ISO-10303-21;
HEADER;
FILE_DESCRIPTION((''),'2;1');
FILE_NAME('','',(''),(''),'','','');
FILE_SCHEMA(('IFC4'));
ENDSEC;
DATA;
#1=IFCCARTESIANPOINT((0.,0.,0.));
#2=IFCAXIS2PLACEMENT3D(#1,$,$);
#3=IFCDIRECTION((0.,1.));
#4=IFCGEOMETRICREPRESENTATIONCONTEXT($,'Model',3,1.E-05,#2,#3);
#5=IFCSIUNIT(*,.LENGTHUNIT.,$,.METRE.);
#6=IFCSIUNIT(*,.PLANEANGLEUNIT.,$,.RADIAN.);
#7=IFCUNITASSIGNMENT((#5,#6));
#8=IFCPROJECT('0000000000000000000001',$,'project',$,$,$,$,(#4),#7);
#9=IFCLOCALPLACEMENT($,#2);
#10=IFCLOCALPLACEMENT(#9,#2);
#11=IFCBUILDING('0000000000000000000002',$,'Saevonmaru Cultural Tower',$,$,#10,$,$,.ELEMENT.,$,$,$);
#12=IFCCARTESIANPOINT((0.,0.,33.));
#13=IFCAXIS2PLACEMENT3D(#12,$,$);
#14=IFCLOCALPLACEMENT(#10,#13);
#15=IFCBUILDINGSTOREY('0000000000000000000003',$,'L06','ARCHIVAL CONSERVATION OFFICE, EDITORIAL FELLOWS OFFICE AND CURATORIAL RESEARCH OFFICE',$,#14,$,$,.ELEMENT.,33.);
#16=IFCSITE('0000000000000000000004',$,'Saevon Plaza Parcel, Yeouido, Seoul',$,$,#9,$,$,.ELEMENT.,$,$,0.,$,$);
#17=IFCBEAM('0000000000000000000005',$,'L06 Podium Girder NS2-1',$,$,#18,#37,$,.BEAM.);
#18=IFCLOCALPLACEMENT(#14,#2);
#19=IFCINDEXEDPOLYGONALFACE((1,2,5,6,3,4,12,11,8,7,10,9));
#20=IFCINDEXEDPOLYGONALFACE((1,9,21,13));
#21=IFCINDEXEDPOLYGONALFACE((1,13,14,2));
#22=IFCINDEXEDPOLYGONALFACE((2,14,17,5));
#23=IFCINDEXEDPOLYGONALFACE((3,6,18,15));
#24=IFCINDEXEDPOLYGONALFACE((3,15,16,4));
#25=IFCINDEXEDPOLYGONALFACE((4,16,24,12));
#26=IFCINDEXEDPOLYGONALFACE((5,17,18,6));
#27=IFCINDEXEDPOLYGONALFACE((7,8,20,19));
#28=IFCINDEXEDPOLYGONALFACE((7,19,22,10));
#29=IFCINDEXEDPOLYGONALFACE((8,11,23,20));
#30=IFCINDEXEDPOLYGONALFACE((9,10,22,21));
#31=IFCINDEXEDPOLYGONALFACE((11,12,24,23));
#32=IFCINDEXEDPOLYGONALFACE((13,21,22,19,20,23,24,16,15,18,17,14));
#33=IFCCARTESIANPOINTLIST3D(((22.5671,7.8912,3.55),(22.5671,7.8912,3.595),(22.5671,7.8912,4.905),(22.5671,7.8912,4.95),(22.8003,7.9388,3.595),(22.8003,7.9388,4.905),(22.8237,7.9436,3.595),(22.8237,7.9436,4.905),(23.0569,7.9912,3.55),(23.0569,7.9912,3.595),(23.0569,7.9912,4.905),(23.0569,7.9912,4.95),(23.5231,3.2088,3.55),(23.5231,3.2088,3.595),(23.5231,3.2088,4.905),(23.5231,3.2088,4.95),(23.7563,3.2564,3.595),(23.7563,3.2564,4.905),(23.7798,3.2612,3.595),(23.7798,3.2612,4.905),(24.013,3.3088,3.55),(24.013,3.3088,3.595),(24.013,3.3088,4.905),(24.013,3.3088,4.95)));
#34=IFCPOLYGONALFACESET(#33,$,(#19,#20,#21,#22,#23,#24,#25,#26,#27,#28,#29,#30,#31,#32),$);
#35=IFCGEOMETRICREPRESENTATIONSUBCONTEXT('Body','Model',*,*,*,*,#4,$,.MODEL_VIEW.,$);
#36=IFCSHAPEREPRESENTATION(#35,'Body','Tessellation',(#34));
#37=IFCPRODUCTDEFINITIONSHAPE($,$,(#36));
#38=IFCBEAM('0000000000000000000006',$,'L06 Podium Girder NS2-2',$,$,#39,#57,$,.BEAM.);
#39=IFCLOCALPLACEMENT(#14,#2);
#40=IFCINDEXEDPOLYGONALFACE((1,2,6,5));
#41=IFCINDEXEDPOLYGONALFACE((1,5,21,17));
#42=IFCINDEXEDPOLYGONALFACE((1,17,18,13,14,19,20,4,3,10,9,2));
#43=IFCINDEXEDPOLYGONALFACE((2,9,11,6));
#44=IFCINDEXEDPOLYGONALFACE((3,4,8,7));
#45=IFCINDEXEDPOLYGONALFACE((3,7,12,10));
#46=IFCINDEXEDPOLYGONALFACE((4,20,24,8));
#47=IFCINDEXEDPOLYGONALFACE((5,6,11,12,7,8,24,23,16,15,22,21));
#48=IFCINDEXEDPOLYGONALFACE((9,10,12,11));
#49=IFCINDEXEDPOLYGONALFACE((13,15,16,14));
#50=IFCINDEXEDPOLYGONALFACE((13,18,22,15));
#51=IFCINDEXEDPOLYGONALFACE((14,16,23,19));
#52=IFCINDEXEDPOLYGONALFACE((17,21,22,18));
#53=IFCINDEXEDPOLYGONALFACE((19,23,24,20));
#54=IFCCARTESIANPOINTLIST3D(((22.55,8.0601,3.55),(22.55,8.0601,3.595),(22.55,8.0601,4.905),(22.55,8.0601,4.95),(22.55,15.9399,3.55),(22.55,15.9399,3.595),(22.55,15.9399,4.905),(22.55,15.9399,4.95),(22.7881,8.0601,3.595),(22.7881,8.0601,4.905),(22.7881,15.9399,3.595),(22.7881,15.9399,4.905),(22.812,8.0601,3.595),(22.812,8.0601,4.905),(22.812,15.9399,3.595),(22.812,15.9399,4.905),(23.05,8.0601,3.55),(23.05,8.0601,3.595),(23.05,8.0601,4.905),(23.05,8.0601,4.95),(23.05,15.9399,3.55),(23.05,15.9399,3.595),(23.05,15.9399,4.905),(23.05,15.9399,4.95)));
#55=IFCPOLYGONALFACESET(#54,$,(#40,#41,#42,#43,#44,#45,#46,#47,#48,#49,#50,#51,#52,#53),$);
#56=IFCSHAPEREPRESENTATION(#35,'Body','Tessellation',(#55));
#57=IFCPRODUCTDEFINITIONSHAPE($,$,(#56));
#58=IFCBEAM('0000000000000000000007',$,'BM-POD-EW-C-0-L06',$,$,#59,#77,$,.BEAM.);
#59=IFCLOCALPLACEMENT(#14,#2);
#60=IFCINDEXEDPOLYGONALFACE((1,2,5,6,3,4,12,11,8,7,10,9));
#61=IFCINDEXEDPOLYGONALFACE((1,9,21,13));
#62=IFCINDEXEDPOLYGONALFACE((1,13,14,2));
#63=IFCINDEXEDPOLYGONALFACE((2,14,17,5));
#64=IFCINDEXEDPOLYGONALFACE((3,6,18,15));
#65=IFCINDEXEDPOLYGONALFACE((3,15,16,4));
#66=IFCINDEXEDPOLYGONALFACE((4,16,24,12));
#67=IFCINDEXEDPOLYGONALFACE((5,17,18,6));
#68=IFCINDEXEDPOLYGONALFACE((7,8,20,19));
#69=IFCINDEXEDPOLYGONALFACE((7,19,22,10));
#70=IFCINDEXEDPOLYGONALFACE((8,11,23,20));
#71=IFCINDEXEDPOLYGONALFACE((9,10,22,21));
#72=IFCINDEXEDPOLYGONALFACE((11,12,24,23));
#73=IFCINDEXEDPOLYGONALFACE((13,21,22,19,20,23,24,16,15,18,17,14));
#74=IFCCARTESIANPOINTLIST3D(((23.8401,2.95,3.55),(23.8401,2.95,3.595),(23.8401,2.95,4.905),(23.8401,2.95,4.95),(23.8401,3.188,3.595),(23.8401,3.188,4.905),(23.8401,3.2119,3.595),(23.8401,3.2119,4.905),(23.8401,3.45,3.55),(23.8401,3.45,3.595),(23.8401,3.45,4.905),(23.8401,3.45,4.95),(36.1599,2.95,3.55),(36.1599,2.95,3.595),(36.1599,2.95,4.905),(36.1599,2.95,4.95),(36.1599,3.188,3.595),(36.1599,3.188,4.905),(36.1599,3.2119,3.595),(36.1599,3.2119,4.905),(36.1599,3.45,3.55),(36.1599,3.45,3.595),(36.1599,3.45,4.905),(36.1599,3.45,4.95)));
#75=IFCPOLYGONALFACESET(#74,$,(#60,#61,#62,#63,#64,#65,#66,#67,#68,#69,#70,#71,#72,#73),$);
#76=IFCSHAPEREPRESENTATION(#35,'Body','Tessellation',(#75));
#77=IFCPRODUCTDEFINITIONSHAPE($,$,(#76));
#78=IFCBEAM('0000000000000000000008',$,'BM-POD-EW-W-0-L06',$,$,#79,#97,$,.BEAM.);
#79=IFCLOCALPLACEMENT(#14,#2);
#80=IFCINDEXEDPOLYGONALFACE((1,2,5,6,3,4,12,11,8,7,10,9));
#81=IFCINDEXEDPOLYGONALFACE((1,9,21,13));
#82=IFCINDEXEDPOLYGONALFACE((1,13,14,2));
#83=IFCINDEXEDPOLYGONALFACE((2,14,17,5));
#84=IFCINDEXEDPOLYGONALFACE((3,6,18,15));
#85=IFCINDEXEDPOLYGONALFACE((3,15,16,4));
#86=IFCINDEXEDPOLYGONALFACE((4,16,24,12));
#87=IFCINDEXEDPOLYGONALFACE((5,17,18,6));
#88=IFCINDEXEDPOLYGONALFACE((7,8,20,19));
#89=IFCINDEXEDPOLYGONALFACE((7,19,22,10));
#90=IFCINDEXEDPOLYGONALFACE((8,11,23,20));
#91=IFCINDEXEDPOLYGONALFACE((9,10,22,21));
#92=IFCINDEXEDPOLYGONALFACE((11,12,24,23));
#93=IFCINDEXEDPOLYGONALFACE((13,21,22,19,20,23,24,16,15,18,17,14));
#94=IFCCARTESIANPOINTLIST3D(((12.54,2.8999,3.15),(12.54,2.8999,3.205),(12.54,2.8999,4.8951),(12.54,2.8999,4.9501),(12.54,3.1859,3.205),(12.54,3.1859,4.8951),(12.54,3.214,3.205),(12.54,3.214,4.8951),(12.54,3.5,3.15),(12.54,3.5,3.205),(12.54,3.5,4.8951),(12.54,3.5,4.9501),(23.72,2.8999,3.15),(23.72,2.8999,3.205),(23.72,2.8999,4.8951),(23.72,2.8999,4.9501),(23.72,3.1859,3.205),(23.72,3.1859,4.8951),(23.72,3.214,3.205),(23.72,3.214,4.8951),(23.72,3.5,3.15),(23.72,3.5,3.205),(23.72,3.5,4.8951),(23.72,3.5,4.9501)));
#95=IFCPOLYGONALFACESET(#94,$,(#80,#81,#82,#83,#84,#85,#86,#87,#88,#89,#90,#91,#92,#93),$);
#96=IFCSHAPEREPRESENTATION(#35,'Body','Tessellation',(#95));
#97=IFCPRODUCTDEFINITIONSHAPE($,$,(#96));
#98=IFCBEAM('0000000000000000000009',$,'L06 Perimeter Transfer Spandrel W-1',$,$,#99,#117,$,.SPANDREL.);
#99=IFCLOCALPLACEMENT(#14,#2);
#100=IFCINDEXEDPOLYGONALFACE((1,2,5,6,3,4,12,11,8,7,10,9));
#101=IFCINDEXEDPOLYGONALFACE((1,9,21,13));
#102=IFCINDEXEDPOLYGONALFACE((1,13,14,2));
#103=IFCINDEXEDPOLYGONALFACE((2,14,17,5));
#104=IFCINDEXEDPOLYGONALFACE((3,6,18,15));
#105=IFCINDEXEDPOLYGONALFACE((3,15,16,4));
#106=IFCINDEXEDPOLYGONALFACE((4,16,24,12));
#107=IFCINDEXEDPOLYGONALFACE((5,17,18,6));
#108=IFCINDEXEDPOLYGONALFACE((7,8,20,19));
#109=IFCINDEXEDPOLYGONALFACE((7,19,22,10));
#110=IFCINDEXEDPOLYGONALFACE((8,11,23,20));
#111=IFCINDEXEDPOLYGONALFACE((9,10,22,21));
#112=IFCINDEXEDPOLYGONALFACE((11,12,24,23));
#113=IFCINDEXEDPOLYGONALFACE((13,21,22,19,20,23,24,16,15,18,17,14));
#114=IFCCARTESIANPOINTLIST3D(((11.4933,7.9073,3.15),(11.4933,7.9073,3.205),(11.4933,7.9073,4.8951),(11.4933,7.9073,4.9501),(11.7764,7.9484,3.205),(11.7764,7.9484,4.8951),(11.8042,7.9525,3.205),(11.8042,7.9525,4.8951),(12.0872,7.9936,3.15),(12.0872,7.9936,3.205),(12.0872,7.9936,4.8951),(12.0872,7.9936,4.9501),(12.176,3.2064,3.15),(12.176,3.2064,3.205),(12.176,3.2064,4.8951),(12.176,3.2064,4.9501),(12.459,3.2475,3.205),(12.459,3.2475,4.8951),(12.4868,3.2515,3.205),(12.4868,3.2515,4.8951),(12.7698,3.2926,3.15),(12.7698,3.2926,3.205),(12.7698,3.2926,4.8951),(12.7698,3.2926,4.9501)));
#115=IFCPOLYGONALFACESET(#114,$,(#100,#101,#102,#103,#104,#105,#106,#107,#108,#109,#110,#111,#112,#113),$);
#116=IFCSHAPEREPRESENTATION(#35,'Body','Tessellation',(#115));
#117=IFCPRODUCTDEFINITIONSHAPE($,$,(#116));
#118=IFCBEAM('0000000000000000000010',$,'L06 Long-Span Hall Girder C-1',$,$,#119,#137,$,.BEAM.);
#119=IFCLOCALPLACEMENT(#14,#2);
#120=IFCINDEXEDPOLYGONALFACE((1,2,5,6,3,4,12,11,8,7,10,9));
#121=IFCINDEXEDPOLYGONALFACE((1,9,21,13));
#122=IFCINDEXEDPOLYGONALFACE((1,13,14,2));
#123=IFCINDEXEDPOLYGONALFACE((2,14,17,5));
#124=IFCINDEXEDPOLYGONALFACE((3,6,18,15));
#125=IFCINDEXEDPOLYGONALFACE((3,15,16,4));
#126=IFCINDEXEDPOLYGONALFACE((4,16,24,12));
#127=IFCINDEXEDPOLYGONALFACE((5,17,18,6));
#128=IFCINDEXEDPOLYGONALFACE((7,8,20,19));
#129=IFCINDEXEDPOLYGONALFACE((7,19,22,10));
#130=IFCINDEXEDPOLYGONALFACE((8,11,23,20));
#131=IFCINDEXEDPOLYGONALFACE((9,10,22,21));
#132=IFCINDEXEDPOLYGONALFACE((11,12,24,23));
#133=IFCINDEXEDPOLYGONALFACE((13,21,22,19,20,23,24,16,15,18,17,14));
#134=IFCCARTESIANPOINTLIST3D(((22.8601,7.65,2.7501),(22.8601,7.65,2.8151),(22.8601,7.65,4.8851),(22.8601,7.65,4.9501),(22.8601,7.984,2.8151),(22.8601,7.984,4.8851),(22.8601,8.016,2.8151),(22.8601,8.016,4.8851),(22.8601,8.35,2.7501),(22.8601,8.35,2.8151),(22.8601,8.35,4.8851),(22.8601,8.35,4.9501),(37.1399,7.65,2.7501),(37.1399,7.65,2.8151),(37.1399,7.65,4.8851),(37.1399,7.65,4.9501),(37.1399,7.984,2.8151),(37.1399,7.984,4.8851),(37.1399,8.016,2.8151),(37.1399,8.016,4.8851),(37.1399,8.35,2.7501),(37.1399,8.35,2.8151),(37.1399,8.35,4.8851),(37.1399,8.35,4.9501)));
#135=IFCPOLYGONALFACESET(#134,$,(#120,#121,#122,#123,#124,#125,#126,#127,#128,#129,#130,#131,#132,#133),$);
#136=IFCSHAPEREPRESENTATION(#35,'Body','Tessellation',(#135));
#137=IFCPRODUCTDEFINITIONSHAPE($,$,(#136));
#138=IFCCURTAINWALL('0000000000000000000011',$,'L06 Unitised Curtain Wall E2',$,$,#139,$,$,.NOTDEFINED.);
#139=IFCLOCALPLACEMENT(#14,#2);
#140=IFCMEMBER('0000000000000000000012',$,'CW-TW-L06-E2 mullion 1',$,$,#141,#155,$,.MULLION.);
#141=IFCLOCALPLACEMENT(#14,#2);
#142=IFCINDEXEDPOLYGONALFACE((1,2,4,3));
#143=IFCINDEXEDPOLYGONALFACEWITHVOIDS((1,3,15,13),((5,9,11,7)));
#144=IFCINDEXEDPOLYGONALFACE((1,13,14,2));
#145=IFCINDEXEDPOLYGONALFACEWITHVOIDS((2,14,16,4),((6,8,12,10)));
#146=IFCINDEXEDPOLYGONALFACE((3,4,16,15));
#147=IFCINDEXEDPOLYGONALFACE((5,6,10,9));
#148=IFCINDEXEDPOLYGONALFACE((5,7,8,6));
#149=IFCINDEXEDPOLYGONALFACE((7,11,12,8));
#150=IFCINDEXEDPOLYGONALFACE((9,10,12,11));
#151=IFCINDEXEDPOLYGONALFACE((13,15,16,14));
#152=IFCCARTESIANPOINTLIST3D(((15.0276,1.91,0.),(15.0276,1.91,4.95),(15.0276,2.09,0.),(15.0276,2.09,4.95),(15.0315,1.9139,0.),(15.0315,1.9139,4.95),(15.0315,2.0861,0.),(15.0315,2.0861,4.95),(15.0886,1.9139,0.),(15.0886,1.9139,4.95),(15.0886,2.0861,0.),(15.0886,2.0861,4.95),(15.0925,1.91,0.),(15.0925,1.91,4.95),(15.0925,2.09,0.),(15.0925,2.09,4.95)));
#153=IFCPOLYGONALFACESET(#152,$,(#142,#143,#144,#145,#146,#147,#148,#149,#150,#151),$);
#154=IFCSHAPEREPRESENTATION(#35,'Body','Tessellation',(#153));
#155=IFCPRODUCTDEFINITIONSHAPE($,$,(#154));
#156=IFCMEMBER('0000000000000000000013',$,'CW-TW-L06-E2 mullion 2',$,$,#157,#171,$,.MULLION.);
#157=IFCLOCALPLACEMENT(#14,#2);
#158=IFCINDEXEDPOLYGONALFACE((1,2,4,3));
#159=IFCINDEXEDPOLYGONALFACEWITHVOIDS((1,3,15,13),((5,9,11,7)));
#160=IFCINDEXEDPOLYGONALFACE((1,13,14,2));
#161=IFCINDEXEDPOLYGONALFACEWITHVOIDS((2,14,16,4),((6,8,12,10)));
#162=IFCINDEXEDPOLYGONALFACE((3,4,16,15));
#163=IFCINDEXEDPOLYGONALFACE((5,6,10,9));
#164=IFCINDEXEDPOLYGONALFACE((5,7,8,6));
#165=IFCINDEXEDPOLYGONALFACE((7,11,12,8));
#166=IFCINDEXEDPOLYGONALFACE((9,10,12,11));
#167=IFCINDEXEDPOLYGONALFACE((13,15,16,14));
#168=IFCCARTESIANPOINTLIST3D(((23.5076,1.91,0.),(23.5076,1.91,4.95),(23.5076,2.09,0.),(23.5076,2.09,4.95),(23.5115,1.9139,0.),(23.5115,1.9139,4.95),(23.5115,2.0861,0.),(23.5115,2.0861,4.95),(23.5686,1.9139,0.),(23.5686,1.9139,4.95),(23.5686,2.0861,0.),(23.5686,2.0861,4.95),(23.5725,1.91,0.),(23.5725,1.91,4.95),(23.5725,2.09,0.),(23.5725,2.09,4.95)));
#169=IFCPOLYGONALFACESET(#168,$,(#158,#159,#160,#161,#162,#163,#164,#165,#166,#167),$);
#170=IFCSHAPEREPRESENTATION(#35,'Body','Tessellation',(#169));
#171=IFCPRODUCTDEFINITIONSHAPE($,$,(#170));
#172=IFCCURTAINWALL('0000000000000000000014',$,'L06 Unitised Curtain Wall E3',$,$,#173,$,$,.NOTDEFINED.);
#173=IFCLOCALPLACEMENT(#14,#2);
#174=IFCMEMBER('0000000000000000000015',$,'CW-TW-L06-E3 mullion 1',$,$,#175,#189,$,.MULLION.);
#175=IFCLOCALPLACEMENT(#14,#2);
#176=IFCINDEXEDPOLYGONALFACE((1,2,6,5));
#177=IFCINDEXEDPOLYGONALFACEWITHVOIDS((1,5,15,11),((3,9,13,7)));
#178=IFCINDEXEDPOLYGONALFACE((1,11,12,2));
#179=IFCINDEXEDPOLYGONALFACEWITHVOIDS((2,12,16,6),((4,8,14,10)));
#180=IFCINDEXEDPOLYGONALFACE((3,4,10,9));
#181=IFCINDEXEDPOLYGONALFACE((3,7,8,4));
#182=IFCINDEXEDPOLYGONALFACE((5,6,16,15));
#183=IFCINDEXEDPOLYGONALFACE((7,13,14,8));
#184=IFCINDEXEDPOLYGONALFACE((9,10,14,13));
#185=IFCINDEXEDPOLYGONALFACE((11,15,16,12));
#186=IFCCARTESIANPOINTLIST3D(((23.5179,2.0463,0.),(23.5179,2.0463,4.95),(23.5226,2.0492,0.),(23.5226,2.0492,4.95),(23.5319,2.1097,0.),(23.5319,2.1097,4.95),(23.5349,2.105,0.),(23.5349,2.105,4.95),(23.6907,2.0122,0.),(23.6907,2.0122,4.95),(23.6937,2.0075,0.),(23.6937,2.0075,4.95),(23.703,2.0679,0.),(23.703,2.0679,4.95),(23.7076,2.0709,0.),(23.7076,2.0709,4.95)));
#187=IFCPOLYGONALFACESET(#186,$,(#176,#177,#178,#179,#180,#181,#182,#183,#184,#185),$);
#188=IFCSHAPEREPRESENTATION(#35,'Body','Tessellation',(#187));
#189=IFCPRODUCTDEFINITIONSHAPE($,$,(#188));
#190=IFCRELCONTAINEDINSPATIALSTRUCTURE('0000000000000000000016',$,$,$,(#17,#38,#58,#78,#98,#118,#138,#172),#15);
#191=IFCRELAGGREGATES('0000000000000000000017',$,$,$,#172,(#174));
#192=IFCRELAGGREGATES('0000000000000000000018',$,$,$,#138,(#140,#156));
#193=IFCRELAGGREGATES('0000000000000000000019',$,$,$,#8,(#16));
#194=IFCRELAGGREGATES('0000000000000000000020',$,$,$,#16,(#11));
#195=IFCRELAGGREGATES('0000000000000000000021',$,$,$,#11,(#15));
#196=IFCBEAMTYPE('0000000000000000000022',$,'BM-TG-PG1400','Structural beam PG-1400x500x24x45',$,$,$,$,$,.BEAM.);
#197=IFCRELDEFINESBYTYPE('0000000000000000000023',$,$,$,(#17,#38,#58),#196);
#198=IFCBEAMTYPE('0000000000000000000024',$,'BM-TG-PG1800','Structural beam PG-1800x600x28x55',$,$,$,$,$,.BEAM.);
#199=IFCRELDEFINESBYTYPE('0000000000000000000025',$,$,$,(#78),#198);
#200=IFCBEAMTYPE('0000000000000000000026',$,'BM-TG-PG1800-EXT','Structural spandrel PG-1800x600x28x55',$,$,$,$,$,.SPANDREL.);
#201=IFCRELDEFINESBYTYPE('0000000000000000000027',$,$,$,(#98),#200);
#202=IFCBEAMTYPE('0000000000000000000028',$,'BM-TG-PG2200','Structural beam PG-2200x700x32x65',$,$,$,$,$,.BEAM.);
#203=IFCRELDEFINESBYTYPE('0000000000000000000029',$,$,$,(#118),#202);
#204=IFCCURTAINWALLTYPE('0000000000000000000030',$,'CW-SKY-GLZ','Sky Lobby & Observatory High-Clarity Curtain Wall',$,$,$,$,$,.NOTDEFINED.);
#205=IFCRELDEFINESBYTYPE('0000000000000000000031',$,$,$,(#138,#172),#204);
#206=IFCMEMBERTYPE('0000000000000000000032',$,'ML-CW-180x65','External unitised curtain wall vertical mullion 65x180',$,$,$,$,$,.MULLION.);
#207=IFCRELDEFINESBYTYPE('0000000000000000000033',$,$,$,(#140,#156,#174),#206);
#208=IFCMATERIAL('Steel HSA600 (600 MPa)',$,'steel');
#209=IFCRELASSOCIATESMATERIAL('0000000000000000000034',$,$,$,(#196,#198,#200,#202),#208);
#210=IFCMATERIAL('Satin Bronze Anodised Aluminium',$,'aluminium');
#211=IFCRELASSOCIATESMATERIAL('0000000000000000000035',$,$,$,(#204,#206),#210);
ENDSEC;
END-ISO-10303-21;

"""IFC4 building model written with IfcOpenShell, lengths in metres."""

from ifc_helpers import new_model, si_unit, direction, frame, origin, origin_2d, place, context, subcontext, project, spatial, hollow_rectangle, i_section, extrude, material, material_profile, profile_set, type_object, element, aggregate, save


model = new_model("IFC4")

# Units and contexts
model_context = context("Model", 3, precision=1e-05, world=origin(), true_north=direction((0.0, 1.0)))
body_context = subcontext(model_context, "Body", "Model", "MODEL_VIEW")
ifc_project = project(units=[si_unit("LENGTHUNIT", "METRE"), si_unit("PLANEANGLEUNIT", "RADIAN")], contexts=[model_context])

# Site, building, storey
site_placement = place(None, origin())
site = spatial("IfcSite", under=ifc_project, at=site_placement, Name="Saevon Plaza Parcel, Yeouido, Seoul", CompositionType="ELEMENT", RefElevation=0.0)
building_placement = place(site_placement, origin())
building = spatial("IfcBuilding", under=site, at=building_placement, Name="Saevonmaru Cultural Tower", CompositionType="ELEMENT")
storey_placement = place(building_placement, frame((0.0, 0.0, 33.0)))
storey = spatial("IfcBuildingStorey", under=building, at=storey_placement, Name="L06", Description="ARCHIVAL CONSERVATION OFFICE, EDITORIAL FELLOWS OFFICE AND CURATORIAL RESEARCH OFFICE", CompositionType="ELEMENT", Elevation=33.0)

# Shared definitions
ifc_material_1 = material(Name="Steel HSA600 (600 MPa)", Category="steel")

# Beams
ifc_material_profile_1 = material_profile(ifc_material_1, i_section(OverallWidth=0.5, OverallDepth=1.3999, WebThickness=0.0239, FlangeThickness=0.0449, at=origin_2d()), Name="PG-1400x500x24x45")
ifc_profile_set_1 = profile_set([ifc_material_profile_1], Name="Steel HSA600 (600 MPa)")
beam_type_1 = type_object("IfcBeamType", Name="BM-TG-PG1400", Description="Structural beam PG-1400x500x24x45", PredefinedType="BEAM", material=ifc_profile_set_1)
beam_1_placement = place(storey_placement, frame((23.7681, 3.2588, 4.25), z_axis=(-0.200054, 0.979785, 0.0), x_axis=(-0.979785, -0.200054, 0.0)))
element("IfcBeam", 1, at=beam_1_placement, inside=storey, type_object=beam_type_1, Name="L06 Podium Girder NS2-1", PredefinedType="BEAM", context=body_context, shape_type="SweptSolid", body=[
    extrude(i_section(OverallWidth=0.5, OverallDepth=1.3999, WebThickness=0.0239, FlangeThickness=0.0449, at=origin_2d()), origin(), (0.0, 0.0, 1.0), 4.7791),
])
beam_2_placement = place(storey_placement, frame((22.8, 8.0601, 4.25), z_axis=(0.0, 1.0, 0.0), x_axis=(-1.0, 0.0, 0.0)))
element("IfcBeam", 2, at=beam_2_placement, inside=storey, type_object=beam_type_1, Name="L06 Podium Girder NS2-2", PredefinedType="BEAM", context=body_context, shape_type="SweptSolid", body=[
    extrude(i_section(OverallWidth=0.5, OverallDepth=1.3999, WebThickness=0.0239, FlangeThickness=0.0449, at=origin_2d()), origin(), (0.0, 0.0, 1.0), 7.8799),
])
beam_3_placement = place(storey_placement, frame((23.8401, 3.2, 4.25), z_axis=(1.0, 0.0, 0.0), x_axis=(0.0, 1.0, 0.0)))
element("IfcBeam", 3, at=beam_3_placement, inside=storey, type_object=beam_type_1, Name="BM-POD-EW-C-0-L06", PredefinedType="BEAM", context=body_context, shape_type="SweptSolid", body=[
    extrude(i_section(OverallWidth=0.5, OverallDepth=1.3999, WebThickness=0.0239, FlangeThickness=0.0449, at=origin_2d()), origin(), (0.0, 0.0, 1.0), 12.3198),
])
ifc_material_profile_2 = material_profile(ifc_material_1, i_section(OverallWidth=0.6001, OverallDepth=1.8, WebThickness=0.0281, FlangeThickness=0.0549, at=origin_2d()), Name="PG-1800x600x28x55")
ifc_profile_set_2 = profile_set([ifc_material_profile_2], Name="Steel HSA600 (600 MPa)")
beam_type_2 = type_object("IfcBeamType", Name="BM-TG-PG1800", Description="Structural beam PG-1800x600x28x55", PredefinedType="BEAM", material=ifc_profile_set_2)
beam_4_placement = place(storey_placement, frame((12.54, 3.2, 4.05), z_axis=(1.0, 0.0, 0.0), x_axis=(0.0, 1.0, 0.0)))
element("IfcBeam", 4, at=beam_4_placement, inside=storey, type_object=beam_type_2, Name="BM-POD-EW-W-0-L06", PredefinedType="BEAM", context=body_context, shape_type="SweptSolid", body=[
    extrude(i_section(OverallWidth=0.6001, OverallDepth=1.8, WebThickness=0.0281, FlangeThickness=0.0549, at=origin_2d()), origin(), (0.0, 0.0, 1.0), 11.1799),
])
ifc_material_profile_3 = material_profile(ifc_material_1, i_section(OverallWidth=0.6001, OverallDepth=1.8, WebThickness=0.0281, FlangeThickness=0.0549, at=origin_2d()), Name="PG-1800x600x28x55")
ifc_profile_set_3 = profile_set([ifc_material_profile_3], Name="Steel HSA600 (600 MPa)")
beam_type_3 = type_object("IfcBeamType", Name="BM-TG-PG1800-EXT", Description="Structural spandrel PG-1800x600x28x55", PredefinedType="SPANDREL", material=ifc_profile_set_3)
beam_5_placement = place(storey_placement, frame((12.4729, 3.2495, 4.05), z_axis=(-0.143702, 0.989621, 0.0), x_axis=(-0.989621, -0.143702, 0.0)))
element("IfcBeam", 5, at=beam_5_placement, inside=storey, type_object=beam_type_3, Name="L06 Perimeter Transfer Spandrel W-1", PredefinedType="SPANDREL", context=body_context, shape_type="SweptSolid", body=[
    extrude(i_section(OverallWidth=0.6001, OverallDepth=1.8, WebThickness=0.0281, FlangeThickness=0.0549, at=origin_2d()), origin(), (0.0, 0.0, 1.0), 4.7502),
])
ifc_material_profile_4 = material_profile(ifc_material_1, i_section(OverallWidth=0.7, OverallDepth=2.2, WebThickness=0.032, FlangeThickness=0.0649, at=origin_2d()), Name="PG-2200x700x32x65")
ifc_profile_set_4 = profile_set([ifc_material_profile_4], Name="Steel HSA600 (600 MPa)")
beam_type_4 = type_object("IfcBeamType", Name="BM-TG-PG2200", Description="Structural beam PG-2200x700x32x65", PredefinedType="BEAM", material=ifc_profile_set_4)
beam_6_placement = place(storey_placement, frame((22.8601, 8.0, 3.8501), z_axis=(1.0, 0.0, 0.0), x_axis=(0.0, 1.0, 0.0)))
element("IfcBeam", 6, at=beam_6_placement, inside=storey, type_object=beam_type_4, Name="L06 Long-Span Hall Girder C-1", PredefinedType="BEAM", context=body_context, shape_type="SweptSolid", body=[
    extrude(i_section(OverallWidth=0.7, OverallDepth=2.2, WebThickness=0.032, FlangeThickness=0.0649, at=origin_2d()), origin(), (0.0, 0.0, 1.0), 14.2798),
])

# Curtain wall, members
ifc_material_2 = material(Name="Satin Bronze Anodised Aluminium", Category="aluminium")
curtain_wall_type = type_object("IfcCurtainWallType", Name="CW-SKY-GLZ", Description="Sky Lobby & Observatory High-Clarity Curtain Wall", PredefinedType="NOTDEFINED", material=ifc_material_2)
curtain_wall_1_placement = place(storey_placement, origin())
curtain_wall_1 = element("IfcCurtainWall", 7, at=curtain_wall_1_placement, inside=storey, type_object=curtain_wall_type, Name="L06 Unitised Curtain Wall E2", PredefinedType="NOTDEFINED")
ifc_material_profile_5 = material_profile(ifc_material_2, hollow_rectangle(XDim=0.0649, YDim=0.1799, WallThickness=0.0039, at=origin_2d()), Name="ALU-MULL-180x65x4")
ifc_profile_set_5 = profile_set([ifc_material_profile_5], Name="Satin Bronze Anodised Aluminium")
member_type_1 = type_object("IfcMemberType", Name="ML-CW-180x65", Description="External unitised curtain wall vertical mullion 65x180", PredefinedType="MULLION", material=ifc_profile_set_5)
member_1_placement = place(storey_placement, frame((15.0601, 2.0, 0.0), z_axis=(0.0, 0.0, 1.0), x_axis=(1.0, 0.0, 0.0)))
member_1 = element("IfcMember", 8, at=member_1_placement, type_object=member_type_1, Name="CW-TW-L06-E2 mullion 1", PredefinedType="MULLION", context=body_context, shape_type="SweptSolid", body=[
    extrude(hollow_rectangle(XDim=0.0649, YDim=0.1799, WallThickness=0.0039, at=origin_2d()), origin(), (0.0, 0.0, 1.0), 4.95),
])
member_2_placement = place(storey_placement, frame((23.54, 2.0, 0.0), z_axis=(0.0, 0.0, 1.0), x_axis=(1.0, 0.0, 0.0)))
member_2 = element("IfcMember", 9, at=member_2_placement, type_object=member_type_1, Name="CW-TW-L06-E2 mullion 2", PredefinedType="MULLION", context=body_context, shape_type="SweptSolid", body=[
    extrude(hollow_rectangle(XDim=0.0649, YDim=0.1799, WallThickness=0.0039, at=origin_2d()), origin(), (0.0, 0.0, 1.0), 4.95),
])

# Curtain wall, member
curtain_wall_2_placement = place(storey_placement, origin())
curtain_wall_2 = element("IfcCurtainWall", 10, at=curtain_wall_2_placement, inside=storey, type_object=curtain_wall_type, Name="L06 Unitised Curtain Wall E3", PredefinedType="NOTDEFINED")
member_3_placement = place(storey_placement, frame((23.6128, 2.0586, 0.0), z_axis=(0.0, 0.0, 1.0), x_axis=(0.215413, 0.976523, 0.0)))
member_3 = element("IfcMember", 11, at=member_3_placement, type_object=member_type_1, Name="CW-TW-L06-E3 mullion 1", PredefinedType="MULLION", context=body_context, shape_type="SweptSolid", body=[
    extrude(hollow_rectangle(XDim=0.0649, YDim=0.1799, WallThickness=0.0039, at=origin_2d()), origin(), (0.0, 0.0, 1.0), 4.95),
])

aggregate(curtain_wall_2, [member_3])

aggregate(curtain_wall_1, [member_1, member_2])

save(model, "model.ifc")
